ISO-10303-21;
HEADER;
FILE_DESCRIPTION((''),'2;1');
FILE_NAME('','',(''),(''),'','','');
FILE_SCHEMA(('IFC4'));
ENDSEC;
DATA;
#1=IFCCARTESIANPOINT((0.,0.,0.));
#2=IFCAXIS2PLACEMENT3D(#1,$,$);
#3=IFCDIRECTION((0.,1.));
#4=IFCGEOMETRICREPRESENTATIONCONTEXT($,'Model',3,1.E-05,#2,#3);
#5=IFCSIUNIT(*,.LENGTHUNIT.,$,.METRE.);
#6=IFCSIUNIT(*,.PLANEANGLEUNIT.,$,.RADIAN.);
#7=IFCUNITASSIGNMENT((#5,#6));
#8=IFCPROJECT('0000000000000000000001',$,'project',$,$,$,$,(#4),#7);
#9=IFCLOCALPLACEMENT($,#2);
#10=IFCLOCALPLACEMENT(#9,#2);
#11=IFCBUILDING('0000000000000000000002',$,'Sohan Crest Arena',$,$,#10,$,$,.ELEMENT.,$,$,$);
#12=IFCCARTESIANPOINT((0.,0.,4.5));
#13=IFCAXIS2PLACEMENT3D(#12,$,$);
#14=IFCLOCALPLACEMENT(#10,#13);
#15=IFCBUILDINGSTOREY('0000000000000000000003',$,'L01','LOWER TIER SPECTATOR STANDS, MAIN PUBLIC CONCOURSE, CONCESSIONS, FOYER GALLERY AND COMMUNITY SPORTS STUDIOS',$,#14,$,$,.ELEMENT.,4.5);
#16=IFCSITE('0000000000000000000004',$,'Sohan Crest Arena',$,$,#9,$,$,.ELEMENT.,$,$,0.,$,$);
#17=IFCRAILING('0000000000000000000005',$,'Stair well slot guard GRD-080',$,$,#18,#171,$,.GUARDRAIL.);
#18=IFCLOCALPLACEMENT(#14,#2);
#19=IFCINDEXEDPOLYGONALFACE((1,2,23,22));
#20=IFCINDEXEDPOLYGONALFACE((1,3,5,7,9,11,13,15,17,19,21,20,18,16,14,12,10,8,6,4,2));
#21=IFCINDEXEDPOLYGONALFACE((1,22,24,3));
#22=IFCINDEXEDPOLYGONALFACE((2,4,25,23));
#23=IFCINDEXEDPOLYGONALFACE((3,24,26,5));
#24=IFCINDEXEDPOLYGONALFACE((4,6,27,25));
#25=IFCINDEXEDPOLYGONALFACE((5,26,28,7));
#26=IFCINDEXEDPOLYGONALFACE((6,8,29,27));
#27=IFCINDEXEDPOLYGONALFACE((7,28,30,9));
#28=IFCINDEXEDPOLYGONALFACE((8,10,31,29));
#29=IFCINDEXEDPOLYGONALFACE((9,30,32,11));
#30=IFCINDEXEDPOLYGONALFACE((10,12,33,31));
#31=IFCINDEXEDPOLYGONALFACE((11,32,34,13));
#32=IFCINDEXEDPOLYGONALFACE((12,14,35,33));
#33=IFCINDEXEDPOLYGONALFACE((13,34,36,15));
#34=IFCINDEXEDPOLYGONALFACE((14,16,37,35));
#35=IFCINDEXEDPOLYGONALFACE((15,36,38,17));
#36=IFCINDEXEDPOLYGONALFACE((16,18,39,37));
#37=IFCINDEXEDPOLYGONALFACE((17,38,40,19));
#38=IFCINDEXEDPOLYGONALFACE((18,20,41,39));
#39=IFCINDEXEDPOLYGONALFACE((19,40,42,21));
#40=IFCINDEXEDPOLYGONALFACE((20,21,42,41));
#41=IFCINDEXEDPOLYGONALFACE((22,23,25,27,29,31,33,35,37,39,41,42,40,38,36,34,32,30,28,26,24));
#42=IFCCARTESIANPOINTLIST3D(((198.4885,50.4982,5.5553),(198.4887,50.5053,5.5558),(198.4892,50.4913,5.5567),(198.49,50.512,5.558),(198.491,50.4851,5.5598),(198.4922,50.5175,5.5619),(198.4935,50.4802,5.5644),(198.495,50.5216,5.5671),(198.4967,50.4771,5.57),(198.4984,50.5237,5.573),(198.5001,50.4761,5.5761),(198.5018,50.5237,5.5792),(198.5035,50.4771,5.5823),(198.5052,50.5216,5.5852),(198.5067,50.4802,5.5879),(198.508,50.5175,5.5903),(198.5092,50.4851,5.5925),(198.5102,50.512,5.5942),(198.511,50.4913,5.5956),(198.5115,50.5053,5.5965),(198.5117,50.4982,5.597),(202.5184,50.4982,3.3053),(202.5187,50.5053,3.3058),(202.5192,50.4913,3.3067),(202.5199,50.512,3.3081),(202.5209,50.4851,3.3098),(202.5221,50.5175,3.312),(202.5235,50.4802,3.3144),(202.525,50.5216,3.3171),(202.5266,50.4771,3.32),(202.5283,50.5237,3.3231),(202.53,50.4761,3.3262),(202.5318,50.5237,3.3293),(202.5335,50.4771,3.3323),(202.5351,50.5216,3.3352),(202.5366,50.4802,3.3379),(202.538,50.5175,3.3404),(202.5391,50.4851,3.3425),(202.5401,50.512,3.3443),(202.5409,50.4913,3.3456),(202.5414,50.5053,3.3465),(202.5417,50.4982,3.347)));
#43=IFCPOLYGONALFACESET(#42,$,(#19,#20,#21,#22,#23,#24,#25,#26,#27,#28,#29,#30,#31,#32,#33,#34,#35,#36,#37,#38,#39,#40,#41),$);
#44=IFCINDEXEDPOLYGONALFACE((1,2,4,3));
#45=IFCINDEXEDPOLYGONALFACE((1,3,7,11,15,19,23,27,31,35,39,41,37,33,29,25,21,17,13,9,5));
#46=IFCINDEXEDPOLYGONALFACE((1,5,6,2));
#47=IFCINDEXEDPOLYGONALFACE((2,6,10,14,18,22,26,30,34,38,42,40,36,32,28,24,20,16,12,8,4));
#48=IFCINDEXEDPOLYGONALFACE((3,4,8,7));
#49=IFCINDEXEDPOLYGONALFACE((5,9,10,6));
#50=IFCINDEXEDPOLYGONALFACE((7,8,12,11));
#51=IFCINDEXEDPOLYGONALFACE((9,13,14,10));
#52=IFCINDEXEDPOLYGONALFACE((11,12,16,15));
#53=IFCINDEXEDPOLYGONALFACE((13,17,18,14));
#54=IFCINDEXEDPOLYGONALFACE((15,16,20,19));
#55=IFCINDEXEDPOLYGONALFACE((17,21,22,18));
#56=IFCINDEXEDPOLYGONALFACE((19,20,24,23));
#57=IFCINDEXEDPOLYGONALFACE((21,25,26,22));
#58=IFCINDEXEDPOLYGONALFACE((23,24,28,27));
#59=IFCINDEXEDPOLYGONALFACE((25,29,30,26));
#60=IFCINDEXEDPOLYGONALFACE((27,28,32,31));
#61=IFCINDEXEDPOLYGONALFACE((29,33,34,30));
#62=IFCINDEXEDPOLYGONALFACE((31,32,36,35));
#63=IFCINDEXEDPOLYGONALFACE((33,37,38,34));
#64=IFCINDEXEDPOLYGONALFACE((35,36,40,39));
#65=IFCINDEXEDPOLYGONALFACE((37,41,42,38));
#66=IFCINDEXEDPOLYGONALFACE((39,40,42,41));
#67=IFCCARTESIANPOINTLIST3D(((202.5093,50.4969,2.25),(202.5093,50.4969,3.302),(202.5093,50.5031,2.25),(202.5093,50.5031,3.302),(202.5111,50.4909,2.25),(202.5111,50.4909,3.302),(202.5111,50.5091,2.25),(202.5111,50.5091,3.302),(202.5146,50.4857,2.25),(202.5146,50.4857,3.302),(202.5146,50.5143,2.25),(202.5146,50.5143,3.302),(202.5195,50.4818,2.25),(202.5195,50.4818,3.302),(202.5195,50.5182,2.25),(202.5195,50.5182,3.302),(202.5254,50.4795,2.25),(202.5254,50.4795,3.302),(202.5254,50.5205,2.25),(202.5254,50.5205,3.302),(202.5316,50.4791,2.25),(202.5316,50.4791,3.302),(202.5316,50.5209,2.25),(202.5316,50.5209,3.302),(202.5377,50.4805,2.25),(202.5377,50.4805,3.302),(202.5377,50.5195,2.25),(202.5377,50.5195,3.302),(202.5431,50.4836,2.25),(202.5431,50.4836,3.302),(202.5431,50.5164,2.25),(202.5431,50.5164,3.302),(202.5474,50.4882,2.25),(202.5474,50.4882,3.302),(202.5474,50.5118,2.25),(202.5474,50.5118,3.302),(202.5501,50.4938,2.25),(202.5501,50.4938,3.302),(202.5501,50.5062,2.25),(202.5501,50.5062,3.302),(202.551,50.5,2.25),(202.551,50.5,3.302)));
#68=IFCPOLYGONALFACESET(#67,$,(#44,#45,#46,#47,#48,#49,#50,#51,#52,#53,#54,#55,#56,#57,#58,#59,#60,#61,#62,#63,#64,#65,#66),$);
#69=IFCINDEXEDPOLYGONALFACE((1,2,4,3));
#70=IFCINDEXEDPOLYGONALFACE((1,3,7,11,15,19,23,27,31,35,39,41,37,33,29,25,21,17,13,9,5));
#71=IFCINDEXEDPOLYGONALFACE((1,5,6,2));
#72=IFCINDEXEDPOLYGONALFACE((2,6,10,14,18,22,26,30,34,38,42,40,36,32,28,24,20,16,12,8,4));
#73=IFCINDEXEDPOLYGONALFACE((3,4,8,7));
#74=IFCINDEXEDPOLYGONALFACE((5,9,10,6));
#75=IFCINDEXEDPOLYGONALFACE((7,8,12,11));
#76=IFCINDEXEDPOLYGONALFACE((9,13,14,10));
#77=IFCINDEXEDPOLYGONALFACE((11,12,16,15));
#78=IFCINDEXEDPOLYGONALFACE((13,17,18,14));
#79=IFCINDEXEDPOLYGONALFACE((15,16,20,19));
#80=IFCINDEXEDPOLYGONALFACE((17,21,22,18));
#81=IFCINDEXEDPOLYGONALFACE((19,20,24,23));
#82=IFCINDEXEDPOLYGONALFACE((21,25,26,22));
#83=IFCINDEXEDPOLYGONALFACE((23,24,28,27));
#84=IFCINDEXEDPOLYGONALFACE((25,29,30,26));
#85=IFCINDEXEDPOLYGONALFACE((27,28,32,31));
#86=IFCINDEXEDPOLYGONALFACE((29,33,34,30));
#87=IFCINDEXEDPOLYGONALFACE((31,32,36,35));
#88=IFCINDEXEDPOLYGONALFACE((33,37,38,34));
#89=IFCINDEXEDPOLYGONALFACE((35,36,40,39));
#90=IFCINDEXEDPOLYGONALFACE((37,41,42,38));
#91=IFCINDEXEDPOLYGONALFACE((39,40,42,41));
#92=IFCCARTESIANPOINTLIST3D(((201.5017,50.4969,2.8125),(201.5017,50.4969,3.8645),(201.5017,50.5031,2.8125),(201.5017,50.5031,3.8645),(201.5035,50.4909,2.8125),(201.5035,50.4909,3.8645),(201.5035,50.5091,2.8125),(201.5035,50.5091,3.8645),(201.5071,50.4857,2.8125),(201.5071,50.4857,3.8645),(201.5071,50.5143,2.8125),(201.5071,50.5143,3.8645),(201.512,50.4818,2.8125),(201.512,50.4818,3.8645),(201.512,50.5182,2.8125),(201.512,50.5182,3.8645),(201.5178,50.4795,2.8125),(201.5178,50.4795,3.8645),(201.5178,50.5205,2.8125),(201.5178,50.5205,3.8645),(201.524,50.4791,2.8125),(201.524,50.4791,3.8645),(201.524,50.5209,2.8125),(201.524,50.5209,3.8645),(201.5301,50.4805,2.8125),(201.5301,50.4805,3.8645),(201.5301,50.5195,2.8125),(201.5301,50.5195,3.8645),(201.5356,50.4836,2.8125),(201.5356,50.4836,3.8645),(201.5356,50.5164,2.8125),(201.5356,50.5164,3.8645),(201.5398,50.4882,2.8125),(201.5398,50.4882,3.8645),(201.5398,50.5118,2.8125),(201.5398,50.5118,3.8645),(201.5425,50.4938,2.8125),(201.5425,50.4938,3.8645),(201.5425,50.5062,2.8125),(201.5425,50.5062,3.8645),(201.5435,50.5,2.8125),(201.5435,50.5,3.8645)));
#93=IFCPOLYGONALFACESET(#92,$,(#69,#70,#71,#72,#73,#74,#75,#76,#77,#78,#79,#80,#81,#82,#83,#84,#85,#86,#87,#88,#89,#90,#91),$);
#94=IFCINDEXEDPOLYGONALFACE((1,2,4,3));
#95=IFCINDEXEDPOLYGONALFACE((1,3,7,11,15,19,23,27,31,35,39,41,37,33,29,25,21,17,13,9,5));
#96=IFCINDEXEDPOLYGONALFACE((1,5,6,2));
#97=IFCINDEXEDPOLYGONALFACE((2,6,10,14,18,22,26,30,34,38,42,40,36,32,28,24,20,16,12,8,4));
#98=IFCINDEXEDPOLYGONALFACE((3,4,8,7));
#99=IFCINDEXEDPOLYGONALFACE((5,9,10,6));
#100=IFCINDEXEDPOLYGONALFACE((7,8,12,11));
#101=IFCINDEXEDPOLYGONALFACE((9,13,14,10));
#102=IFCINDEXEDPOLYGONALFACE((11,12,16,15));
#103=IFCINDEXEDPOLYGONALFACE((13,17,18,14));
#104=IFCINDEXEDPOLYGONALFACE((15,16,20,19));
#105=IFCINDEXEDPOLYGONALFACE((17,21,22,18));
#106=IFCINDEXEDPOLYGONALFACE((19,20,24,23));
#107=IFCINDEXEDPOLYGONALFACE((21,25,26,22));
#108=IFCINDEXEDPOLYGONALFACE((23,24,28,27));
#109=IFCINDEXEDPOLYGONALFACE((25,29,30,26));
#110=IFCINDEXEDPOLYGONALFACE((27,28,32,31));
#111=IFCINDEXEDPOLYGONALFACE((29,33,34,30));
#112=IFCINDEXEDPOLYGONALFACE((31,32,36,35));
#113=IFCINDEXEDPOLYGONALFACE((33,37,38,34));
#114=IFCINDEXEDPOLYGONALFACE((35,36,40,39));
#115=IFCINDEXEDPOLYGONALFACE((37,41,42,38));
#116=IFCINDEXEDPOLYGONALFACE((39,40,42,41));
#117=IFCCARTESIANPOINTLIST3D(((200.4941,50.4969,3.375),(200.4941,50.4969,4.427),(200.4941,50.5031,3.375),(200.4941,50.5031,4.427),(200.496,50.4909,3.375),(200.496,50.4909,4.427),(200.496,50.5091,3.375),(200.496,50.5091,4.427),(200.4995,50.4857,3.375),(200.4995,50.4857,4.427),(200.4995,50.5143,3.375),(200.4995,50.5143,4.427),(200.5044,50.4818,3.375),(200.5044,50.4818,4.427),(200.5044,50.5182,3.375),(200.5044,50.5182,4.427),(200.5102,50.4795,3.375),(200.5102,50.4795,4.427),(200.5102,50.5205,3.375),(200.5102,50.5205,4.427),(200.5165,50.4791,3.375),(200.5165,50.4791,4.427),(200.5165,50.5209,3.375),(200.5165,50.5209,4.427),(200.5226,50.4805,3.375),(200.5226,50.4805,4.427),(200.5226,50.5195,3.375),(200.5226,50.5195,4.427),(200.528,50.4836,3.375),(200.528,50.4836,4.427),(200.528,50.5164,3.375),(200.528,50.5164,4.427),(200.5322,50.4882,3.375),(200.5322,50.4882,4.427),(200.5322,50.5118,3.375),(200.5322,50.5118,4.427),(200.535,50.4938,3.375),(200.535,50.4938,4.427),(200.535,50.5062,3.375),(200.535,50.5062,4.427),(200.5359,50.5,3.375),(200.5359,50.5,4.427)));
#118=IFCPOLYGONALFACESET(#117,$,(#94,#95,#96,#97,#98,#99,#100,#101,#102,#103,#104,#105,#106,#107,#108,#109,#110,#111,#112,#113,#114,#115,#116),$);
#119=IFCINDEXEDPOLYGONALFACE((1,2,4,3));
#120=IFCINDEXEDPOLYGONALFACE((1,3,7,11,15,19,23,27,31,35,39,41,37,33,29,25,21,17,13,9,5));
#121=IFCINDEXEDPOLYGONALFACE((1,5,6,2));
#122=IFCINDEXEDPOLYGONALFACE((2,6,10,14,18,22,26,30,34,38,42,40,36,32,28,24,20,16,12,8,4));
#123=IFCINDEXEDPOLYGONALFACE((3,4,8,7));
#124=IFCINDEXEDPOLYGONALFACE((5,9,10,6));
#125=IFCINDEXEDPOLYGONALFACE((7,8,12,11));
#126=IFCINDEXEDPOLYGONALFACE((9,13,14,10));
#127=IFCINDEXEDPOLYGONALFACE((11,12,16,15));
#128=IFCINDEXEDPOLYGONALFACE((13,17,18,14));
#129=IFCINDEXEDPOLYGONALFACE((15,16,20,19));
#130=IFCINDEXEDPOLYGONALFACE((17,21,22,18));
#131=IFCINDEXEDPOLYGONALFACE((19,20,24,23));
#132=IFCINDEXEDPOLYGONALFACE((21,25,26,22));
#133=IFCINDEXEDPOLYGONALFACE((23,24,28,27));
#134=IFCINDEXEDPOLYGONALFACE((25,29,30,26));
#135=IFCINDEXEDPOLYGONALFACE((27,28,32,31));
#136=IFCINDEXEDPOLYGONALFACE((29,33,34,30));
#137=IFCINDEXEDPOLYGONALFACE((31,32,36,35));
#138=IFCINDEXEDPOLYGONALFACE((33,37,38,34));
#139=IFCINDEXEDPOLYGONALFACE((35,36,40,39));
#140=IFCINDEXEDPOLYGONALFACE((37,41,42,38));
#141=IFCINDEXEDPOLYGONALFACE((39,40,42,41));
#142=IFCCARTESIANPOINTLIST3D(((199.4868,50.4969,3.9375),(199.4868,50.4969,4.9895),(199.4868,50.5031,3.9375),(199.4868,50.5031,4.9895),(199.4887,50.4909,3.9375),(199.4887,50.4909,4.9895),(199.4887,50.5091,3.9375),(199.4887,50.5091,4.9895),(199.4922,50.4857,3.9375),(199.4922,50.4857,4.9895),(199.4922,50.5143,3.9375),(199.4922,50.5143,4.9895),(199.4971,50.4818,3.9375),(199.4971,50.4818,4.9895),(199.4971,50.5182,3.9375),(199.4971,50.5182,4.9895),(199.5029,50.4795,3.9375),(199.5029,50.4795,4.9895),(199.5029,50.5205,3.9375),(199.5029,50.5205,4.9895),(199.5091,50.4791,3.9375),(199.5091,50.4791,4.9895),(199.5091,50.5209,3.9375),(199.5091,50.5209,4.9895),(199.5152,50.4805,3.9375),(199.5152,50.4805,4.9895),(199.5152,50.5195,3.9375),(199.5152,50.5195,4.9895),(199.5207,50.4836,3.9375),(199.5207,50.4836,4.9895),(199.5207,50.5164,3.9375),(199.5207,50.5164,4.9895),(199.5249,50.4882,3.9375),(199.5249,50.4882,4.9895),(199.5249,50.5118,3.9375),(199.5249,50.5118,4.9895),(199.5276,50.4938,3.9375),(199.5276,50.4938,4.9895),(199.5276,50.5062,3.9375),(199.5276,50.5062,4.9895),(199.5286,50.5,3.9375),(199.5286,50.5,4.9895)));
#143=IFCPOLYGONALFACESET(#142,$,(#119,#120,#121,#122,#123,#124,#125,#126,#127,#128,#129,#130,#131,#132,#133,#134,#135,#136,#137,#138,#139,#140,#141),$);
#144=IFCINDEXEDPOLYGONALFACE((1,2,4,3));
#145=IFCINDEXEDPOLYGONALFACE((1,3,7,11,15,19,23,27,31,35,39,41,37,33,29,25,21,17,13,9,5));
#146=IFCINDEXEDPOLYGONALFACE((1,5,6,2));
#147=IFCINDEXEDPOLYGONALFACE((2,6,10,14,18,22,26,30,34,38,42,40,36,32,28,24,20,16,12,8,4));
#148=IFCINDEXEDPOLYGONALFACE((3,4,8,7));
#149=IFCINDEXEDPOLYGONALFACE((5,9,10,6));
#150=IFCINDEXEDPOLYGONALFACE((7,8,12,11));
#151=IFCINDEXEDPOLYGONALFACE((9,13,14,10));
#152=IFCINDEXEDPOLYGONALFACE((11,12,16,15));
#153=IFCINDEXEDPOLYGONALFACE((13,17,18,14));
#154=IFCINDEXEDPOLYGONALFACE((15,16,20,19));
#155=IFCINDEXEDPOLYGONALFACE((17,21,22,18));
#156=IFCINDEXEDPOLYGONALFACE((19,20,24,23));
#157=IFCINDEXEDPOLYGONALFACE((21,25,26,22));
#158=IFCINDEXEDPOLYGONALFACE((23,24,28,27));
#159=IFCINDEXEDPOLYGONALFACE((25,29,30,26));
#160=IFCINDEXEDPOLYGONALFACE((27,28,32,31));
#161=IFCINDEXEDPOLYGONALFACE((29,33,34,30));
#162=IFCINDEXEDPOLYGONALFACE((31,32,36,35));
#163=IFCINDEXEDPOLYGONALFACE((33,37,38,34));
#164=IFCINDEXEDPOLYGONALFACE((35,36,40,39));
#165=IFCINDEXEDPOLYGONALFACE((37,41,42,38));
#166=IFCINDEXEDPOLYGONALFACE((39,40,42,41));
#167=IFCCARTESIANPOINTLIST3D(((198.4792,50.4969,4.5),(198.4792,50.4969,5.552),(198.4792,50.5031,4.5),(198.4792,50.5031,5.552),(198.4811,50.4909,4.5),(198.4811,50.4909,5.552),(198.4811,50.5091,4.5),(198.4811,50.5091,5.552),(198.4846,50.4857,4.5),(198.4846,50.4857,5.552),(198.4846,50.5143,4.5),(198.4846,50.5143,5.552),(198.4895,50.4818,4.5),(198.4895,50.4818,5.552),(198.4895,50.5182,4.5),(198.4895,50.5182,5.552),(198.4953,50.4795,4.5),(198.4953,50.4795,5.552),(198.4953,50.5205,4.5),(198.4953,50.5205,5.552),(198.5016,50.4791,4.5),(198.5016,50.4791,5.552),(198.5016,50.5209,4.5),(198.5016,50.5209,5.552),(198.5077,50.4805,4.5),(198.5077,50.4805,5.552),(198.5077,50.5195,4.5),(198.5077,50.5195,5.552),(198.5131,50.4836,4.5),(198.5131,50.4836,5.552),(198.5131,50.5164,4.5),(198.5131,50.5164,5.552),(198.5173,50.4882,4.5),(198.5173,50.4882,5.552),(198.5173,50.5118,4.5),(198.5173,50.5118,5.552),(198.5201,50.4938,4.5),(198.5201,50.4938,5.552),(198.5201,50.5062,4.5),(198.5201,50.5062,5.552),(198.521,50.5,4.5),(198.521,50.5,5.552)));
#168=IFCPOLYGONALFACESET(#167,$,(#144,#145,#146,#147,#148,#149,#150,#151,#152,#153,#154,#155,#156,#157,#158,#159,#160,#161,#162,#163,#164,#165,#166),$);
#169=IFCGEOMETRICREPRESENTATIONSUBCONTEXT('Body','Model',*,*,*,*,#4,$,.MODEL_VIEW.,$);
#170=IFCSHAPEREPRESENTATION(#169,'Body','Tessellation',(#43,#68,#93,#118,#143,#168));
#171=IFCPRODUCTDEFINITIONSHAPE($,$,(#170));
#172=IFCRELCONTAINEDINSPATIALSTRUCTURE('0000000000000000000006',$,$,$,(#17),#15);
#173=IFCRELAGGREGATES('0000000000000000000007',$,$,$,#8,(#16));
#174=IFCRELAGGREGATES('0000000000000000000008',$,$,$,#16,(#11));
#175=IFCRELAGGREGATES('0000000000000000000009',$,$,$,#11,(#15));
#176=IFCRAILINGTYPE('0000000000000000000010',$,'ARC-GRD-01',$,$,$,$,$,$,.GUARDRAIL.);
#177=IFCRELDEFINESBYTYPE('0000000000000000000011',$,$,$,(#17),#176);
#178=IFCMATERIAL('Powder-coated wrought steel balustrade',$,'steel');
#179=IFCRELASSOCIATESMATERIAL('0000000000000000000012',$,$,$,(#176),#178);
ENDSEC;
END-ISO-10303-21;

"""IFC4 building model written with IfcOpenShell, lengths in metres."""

from ifc_helpers import new_model, si_unit, direction, frame, origin, origin_2d, place, context, subcontext, project, spatial, circle, extrude, material, type_object, element, save


model = new_model("IFC4")

# Units and contexts
model_context = context("Model", 3, precision=1e-05, world=origin(), true_north=direction((0.0, 1.0)))
body_context = subcontext(model_context, "Body", "Model", "MODEL_VIEW")
ifc_project = project(units=[si_unit("LENGTHUNIT", "METRE"), si_unit("PLANEANGLEUNIT", "RADIAN")], contexts=[model_context])

# Site, building, storey
site_placement = place(None, origin())
site = spatial("IfcSite", under=ifc_project, at=site_placement, Name="Sohan Crest Arena", CompositionType="ELEMENT", RefElevation=0.0)
building_placement = place(site_placement, origin())
building = spatial("IfcBuilding", under=site, at=building_placement, Name="Sohan Crest Arena", CompositionType="ELEMENT")
storey_placement = place(building_placement, frame((0.0, 0.0, 4.5)))
storey = spatial("IfcBuildingStorey", under=building, at=storey_placement, Name="L01", Description="LOWER TIER SPECTATOR STANDS, MAIN PUBLIC CONCOURSE, CONCESSIONS, FOYER GALLERY AND COMMUNITY SPORTS STUDIOS", CompositionType="ELEMENT", Elevation=4.5)

# Railing
ifc_material_1 = material(Name="Powder-coated wrought steel balustrade", Category="steel")
railing_type_1 = type_object("IfcRailingType", Name="ARC-GRD-01", PredefinedType="GUARDRAIL", material=ifc_material_1)
railing_placement = place(storey_placement, frame((202.53, 50.5, 2.25)))
element("IfcRailing", 1, at=railing_placement, inside=storey, type_object=railing_type_1, Name="Stair well slot guard GRD-080", PredefinedType="GUARDRAIL", context=body_context, shape_type="SweptSolid", body=[
    extrude(circle(Radius=0.0239, at=origin_2d()), frame((0.0, 0.0, 1.0762), z_axis=(-0.873135, 0.0, 0.487479), x_axis=(0.0, -1.0, 0.0)), (0.0, 0.0, 1.0), 4.6155),
    extrude(circle(Radius=0.021, at=origin_2d()), origin(), (0.0, 0.0, 1.0), 1.052),
    extrude(circle(Radius=0.021, at=origin_2d()), frame((-1.0076, 0.0, 0.5625)), (0.0, 0.0, 1.0), 1.052),
    extrude(circle(Radius=0.021, at=origin_2d()), frame((-2.0151, 0.0, 1.125)), (0.0, 0.0, 1.0), 1.052),
    extrude(circle(Radius=0.021, at=origin_2d()), frame((-3.0225, 0.0, 1.6875)), (0.0, 0.0, 1.0), 1.052),
    extrude(circle(Radius=0.021, at=origin_2d()), frame((-4.03, 0.0, 2.25)), (0.0, 0.0, 1.0), 1.052),
])

save(model, "model.ifc")
